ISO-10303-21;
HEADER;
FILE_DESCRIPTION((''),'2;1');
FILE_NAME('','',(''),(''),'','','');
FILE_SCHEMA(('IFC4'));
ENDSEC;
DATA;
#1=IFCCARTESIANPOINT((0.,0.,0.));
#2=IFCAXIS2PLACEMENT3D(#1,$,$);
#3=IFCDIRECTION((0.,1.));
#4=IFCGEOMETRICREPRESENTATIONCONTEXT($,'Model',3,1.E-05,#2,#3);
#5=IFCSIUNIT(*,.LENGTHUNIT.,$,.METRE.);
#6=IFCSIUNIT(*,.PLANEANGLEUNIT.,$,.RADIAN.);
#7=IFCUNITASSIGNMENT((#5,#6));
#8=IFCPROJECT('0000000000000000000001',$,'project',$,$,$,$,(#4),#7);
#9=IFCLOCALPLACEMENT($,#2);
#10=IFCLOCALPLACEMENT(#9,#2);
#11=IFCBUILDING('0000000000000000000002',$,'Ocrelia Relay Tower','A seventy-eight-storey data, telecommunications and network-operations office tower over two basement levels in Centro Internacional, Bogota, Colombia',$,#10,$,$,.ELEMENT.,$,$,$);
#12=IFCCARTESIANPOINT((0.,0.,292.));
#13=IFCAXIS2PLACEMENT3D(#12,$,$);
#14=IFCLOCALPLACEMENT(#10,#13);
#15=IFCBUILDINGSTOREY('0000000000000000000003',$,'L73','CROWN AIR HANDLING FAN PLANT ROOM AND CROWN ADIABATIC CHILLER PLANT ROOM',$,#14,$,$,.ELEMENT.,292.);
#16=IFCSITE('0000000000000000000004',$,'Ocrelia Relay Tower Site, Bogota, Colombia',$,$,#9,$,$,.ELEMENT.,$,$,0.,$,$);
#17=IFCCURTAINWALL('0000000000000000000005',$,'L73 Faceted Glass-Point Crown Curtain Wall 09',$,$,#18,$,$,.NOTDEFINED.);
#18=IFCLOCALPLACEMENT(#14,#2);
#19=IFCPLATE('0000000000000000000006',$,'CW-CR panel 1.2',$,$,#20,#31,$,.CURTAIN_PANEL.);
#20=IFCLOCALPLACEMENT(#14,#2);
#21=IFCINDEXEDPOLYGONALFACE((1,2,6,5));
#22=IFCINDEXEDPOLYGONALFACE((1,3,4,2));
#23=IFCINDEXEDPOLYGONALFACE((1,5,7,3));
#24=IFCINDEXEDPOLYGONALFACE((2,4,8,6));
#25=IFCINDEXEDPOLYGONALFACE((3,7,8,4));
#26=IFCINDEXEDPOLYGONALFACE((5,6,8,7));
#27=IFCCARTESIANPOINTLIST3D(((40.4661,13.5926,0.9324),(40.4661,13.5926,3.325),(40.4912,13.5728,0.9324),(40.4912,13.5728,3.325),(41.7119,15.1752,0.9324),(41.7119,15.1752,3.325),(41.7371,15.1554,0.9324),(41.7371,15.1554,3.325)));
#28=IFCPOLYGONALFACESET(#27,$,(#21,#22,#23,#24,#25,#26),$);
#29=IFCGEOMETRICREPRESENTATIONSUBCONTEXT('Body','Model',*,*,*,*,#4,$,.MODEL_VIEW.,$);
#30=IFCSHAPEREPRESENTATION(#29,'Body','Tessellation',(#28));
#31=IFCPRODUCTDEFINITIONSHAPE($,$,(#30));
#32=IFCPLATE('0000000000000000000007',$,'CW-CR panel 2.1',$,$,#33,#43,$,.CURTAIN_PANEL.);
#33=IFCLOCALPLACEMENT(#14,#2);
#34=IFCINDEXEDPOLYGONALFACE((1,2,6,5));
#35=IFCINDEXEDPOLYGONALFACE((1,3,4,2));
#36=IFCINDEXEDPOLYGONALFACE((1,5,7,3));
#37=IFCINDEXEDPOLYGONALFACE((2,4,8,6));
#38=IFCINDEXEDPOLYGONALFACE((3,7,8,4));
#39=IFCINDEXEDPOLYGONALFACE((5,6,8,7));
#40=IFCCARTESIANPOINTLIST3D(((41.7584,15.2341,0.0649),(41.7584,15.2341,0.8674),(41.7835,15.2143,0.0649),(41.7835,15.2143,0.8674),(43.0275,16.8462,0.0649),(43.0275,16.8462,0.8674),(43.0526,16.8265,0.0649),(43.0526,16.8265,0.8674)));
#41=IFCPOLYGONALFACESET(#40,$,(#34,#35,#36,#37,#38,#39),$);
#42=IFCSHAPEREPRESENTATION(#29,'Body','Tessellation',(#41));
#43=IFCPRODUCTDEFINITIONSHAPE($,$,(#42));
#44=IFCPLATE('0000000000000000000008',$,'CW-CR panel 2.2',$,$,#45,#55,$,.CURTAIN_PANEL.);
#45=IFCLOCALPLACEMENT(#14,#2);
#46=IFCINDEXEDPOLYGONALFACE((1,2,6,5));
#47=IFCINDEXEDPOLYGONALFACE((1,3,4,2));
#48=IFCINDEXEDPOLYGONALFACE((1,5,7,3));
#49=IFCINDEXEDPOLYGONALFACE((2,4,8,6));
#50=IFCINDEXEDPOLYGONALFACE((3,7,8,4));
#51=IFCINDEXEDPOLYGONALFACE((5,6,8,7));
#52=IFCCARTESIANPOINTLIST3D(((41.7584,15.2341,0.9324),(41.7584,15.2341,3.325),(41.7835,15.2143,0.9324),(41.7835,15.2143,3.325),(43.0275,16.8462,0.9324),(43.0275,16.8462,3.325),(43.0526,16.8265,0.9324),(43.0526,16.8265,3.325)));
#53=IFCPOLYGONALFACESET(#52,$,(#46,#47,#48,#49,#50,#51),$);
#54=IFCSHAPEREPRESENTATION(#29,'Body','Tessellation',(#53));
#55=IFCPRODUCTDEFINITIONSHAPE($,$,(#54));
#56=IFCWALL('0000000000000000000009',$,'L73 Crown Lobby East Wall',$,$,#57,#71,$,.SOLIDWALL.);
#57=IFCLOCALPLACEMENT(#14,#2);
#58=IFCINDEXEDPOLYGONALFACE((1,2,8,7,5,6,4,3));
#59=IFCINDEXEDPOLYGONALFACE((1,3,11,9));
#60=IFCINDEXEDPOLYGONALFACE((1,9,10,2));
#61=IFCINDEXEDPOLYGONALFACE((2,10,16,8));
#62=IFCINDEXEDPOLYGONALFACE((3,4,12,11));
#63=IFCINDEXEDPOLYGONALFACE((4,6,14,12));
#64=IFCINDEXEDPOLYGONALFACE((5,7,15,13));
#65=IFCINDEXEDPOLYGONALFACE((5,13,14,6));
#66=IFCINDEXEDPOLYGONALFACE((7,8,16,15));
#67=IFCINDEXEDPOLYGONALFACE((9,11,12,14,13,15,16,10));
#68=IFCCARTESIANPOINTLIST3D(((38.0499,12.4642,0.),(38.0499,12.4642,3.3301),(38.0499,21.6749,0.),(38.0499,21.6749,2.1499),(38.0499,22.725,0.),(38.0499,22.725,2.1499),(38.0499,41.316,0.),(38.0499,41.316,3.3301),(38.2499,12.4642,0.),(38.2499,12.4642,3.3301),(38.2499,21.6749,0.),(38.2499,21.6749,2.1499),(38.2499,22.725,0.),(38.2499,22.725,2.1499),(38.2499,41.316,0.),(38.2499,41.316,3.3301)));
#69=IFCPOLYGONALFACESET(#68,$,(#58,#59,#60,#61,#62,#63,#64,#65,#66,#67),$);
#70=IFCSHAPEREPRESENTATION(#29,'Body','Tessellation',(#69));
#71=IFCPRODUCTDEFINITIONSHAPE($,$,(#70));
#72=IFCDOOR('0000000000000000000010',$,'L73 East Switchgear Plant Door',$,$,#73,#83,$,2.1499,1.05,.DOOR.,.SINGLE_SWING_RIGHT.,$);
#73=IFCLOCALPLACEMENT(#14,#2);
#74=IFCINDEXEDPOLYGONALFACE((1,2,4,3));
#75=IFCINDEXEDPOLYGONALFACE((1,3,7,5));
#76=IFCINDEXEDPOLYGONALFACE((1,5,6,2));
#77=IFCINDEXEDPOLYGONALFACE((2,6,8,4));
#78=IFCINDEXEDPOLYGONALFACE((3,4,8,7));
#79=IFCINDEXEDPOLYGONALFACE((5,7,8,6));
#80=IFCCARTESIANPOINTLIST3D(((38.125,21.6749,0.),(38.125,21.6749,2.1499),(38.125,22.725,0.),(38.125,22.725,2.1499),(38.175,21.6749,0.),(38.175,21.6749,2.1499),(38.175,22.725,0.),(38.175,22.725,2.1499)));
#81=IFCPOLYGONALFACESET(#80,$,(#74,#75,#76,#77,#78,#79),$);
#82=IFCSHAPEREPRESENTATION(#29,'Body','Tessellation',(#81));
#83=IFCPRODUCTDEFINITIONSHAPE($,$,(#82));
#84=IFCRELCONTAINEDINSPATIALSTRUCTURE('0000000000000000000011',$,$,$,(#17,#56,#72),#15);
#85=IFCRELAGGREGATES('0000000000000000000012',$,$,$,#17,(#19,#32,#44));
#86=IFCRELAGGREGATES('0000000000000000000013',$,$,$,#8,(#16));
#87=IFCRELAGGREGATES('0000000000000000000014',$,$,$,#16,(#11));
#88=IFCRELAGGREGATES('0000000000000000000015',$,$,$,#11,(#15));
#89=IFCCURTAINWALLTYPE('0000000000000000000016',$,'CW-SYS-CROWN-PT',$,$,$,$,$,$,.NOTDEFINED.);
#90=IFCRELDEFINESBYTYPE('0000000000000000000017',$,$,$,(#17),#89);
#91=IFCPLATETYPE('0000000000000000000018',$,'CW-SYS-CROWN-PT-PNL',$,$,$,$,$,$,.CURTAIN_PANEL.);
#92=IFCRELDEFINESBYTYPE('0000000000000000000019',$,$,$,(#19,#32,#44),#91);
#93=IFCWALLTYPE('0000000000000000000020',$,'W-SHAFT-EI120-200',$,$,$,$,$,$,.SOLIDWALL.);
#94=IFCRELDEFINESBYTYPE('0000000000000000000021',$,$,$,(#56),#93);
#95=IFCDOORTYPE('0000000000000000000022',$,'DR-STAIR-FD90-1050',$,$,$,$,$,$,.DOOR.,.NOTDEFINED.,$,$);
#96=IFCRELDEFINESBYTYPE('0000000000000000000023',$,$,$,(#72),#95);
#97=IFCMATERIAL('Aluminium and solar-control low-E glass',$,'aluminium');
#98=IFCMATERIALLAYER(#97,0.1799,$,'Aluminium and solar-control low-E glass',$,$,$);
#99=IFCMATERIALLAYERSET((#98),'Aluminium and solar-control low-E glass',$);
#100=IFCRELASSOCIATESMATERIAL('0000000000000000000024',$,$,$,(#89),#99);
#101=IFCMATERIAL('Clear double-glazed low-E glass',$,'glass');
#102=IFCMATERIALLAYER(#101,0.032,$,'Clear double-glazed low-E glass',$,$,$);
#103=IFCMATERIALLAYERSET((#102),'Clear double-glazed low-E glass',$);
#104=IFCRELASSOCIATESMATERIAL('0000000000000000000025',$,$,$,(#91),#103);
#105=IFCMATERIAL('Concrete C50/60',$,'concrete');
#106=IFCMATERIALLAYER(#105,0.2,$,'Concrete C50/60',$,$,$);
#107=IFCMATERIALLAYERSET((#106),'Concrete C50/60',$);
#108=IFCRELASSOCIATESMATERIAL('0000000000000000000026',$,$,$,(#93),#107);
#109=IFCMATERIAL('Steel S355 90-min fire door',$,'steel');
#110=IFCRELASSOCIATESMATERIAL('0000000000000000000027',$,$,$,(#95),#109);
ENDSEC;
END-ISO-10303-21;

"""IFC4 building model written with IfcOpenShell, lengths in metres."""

from ifc_helpers import new_model, si_unit, direction, frame, frame_2d, origin, origin_2d, place, context, subcontext, project, spatial, rectangle, extrude, material, layer, layer_set, type_object, element, fill, aggregate, save


model = new_model("IFC4")

# Units and contexts
model_context = context("Model", 3, precision=1e-05, world=origin(), true_north=direction((0.0, 1.0)))
body_context = subcontext(model_context, "Body", "Model", "MODEL_VIEW")
ifc_project = project(units=[si_unit("LENGTHUNIT", "METRE"), si_unit("PLANEANGLEUNIT", "RADIAN")], contexts=[model_context])

# Site, building, storey
site_placement = place(None, origin())
site = spatial("IfcSite", under=ifc_project, at=site_placement, Name="Ocrelia Relay Tower Site, Bogota, Colombia", CompositionType="ELEMENT", RefElevation=0.0)
building_placement = place(site_placement, origin())
building = spatial("IfcBuilding", under=site, at=building_placement, Name="Ocrelia Relay Tower", Description="A seventy-eight-storey data, telecommunications and network-operations office tower over two basement levels in Centro Internacional, Bogota, Colombia", CompositionType="ELEMENT")
storey_placement = place(building_placement, frame((0.0, 0.0, 292.0)))
storey = spatial("IfcBuildingStorey", under=building, at=storey_placement, Name="L73", Description="CROWN AIR HANDLING FAN PLANT ROOM AND CROWN ADIABATIC CHILLER PLANT ROOM", CompositionType="ELEMENT", Elevation=292.0)

# Curtain wall
ifc_material_1 = material(Name="Aluminium and solar-control low-E glass", Category="aluminium")
ifc_layer_1 = layer(ifc_material_1, 0.1799, Name="Aluminium and solar-control low-E glass")
ifc_layer_set_1 = layer_set([ifc_layer_1], Name="Aluminium and solar-control low-E glass")
curtain_wall_type = type_object("IfcCurtainWallType", Name="CW-SYS-CROWN-PT", PredefinedType="NOTDEFINED", material=ifc_layer_set_1)
curtain_wall_1_placement = place(storey_placement, origin())
curtain_wall_1 = element("IfcCurtainWall", 1, at=curtain_wall_1_placement, inside=storey, type_object=curtain_wall_type, Name="L73 Faceted Glass-Point Crown Curtain Wall 09", PredefinedType="NOTDEFINED")

# Plates
ifc_material_2 = material(Name="Clear double-glazed low-E glass", Category="glass")
ifc_layer_2 = layer(ifc_material_2, 0.032, Name="Clear double-glazed low-E glass")
ifc_layer_set_2 = layer_set([ifc_layer_2], Name="Clear double-glazed low-E glass")
plate_type = type_object("IfcPlateType", Name="CW-SYS-CROWN-PT-PNL", PredefinedType="CURTAIN_PANEL", material=ifc_layer_set_2)
plate_1_placement = place(storey_placement, frame((41.1016, 14.374, 0.9324), z_axis=(0.0, 0.0, 1.0), x_axis=(0.618554, 0.785742, 0.0)))
plate_1 = element("IfcPlate", 2, at=plate_1_placement, type_object=plate_type, Name="CW-CR panel 1.2", PredefinedType="CURTAIN_PANEL", context=body_context, shape_type="SweptSolid", body=[
    extrude(rectangle(XDim=2.0142, YDim=0.032, at=origin_2d()), origin(), (0.0, 0.0, 1.0), 2.3926),
])
plate_2_placement = place(storey_placement, frame((42.4055, 16.0303, 0.0649), z_axis=(0.0, 0.0, 1.0), x_axis=(0.618554, 0.785742, 0.0)))
plate_2 = element("IfcPlate", 3, at=plate_2_placement, type_object=plate_type, Name="CW-CR panel 2.1", PredefinedType="CURTAIN_PANEL", context=body_context, shape_type="SweptSolid", body=[
    extrude(rectangle(XDim=2.0518, YDim=0.032, at=origin_2d()), origin(), (0.0, 0.0, 1.0), 0.8025),
])
plate_3_placement = place(storey_placement, frame((42.4055, 16.0303, 0.9324), z_axis=(0.0, 0.0, 1.0), x_axis=(0.618554, 0.785742, 0.0)))
plate_3 = element("IfcPlate", 4, at=plate_3_placement, type_object=plate_type, Name="CW-CR panel 2.2", PredefinedType="CURTAIN_PANEL", context=body_context, shape_type="SweptSolid", body=[
    extrude(rectangle(XDim=2.0518, YDim=0.032, at=origin_2d()), origin(), (0.0, 0.0, 1.0), 2.3926),
])
aggregate(curtain_wall_1, [plate_1, plate_2, plate_3])

# Wall, opening, door
ifc_material_3 = material(Name="Concrete C50/60", Category="concrete")
ifc_layer_3 = layer(ifc_material_3, 0.2, Name="Concrete C50/60")
ifc_layer_set_3 = layer_set([ifc_layer_3], Name="Concrete C50/60")
wall_type = type_object("IfcWallType", Name="W-SHAFT-EI120-200", PredefinedType="SOLIDWALL", material=ifc_layer_set_3)
wall_placement = place(storey_placement, frame((38.1499, 12.4644, 0.0), z_axis=(0.0, 0.0, 1.0), x_axis=(0.0, 1.0, 0.0)))
wall = element("IfcWall", 5, at=wall_placement, inside=storey, type_object=wall_type, Name="L73 Crown Lobby East Wall", PredefinedType="SOLIDWALL", context=body_context, shape_type="SweptSolid", body=[
    extrude(rectangle(XDim=28.8518, YDim=0.2, at=frame_2d((14.4258, 0.0))), origin(), (0.0, 0.0, 1.0), 3.3301),
])
opening_placement = place(wall_placement, frame((9.2107, 0.0, 0.0)))
opening = element("IfcOpeningElement", 6, at=opening_placement, cuts=wall, PredefinedType="OPENING", context=body_context, shape_type="SweptSolid", body=[
    extrude(rectangle(XDim=1.05, YDim=2.1499, at=frame_2d((0.5249, 1.075))), frame((0.0, 0.1099, 0.0), z_axis=(0.0, -1.0, 0.0), x_axis=(1.0, 0.0, 0.0)), (0.0, 0.0, 1.0), 0.22),
])
ifc_material_4 = material(Name="Steel S355 90-min fire door", Category="steel")
door_type = type_object("IfcDoorType", Name="DR-STAIR-FD90-1050", OperationType="NOTDEFINED", PredefinedType="DOOR", material=ifc_material_4)
door_placement = place(opening_placement, origin())
door = element("IfcDoor", 7, at=door_placement, inside=storey, type_object=door_type, Name="L73 East Switchgear Plant Door", OperationType="SINGLE_SWING_RIGHT", OverallHeight=2.1499, OverallWidth=1.05, PredefinedType="DOOR", context=body_context, shape_type="SweptSolid", body=[
    extrude(rectangle(XDim=1.05, YDim=2.1499, at=frame_2d((0.5249, 1.075))), frame((0.0, 0.0249, 0.0), z_axis=(0.0, -1.0, 0.0), x_axis=(1.0, 0.0, 0.0)), (0.0, 0.0, 1.0), 0.05),
])
fill(opening, door)

save(model, "model.ifc")
